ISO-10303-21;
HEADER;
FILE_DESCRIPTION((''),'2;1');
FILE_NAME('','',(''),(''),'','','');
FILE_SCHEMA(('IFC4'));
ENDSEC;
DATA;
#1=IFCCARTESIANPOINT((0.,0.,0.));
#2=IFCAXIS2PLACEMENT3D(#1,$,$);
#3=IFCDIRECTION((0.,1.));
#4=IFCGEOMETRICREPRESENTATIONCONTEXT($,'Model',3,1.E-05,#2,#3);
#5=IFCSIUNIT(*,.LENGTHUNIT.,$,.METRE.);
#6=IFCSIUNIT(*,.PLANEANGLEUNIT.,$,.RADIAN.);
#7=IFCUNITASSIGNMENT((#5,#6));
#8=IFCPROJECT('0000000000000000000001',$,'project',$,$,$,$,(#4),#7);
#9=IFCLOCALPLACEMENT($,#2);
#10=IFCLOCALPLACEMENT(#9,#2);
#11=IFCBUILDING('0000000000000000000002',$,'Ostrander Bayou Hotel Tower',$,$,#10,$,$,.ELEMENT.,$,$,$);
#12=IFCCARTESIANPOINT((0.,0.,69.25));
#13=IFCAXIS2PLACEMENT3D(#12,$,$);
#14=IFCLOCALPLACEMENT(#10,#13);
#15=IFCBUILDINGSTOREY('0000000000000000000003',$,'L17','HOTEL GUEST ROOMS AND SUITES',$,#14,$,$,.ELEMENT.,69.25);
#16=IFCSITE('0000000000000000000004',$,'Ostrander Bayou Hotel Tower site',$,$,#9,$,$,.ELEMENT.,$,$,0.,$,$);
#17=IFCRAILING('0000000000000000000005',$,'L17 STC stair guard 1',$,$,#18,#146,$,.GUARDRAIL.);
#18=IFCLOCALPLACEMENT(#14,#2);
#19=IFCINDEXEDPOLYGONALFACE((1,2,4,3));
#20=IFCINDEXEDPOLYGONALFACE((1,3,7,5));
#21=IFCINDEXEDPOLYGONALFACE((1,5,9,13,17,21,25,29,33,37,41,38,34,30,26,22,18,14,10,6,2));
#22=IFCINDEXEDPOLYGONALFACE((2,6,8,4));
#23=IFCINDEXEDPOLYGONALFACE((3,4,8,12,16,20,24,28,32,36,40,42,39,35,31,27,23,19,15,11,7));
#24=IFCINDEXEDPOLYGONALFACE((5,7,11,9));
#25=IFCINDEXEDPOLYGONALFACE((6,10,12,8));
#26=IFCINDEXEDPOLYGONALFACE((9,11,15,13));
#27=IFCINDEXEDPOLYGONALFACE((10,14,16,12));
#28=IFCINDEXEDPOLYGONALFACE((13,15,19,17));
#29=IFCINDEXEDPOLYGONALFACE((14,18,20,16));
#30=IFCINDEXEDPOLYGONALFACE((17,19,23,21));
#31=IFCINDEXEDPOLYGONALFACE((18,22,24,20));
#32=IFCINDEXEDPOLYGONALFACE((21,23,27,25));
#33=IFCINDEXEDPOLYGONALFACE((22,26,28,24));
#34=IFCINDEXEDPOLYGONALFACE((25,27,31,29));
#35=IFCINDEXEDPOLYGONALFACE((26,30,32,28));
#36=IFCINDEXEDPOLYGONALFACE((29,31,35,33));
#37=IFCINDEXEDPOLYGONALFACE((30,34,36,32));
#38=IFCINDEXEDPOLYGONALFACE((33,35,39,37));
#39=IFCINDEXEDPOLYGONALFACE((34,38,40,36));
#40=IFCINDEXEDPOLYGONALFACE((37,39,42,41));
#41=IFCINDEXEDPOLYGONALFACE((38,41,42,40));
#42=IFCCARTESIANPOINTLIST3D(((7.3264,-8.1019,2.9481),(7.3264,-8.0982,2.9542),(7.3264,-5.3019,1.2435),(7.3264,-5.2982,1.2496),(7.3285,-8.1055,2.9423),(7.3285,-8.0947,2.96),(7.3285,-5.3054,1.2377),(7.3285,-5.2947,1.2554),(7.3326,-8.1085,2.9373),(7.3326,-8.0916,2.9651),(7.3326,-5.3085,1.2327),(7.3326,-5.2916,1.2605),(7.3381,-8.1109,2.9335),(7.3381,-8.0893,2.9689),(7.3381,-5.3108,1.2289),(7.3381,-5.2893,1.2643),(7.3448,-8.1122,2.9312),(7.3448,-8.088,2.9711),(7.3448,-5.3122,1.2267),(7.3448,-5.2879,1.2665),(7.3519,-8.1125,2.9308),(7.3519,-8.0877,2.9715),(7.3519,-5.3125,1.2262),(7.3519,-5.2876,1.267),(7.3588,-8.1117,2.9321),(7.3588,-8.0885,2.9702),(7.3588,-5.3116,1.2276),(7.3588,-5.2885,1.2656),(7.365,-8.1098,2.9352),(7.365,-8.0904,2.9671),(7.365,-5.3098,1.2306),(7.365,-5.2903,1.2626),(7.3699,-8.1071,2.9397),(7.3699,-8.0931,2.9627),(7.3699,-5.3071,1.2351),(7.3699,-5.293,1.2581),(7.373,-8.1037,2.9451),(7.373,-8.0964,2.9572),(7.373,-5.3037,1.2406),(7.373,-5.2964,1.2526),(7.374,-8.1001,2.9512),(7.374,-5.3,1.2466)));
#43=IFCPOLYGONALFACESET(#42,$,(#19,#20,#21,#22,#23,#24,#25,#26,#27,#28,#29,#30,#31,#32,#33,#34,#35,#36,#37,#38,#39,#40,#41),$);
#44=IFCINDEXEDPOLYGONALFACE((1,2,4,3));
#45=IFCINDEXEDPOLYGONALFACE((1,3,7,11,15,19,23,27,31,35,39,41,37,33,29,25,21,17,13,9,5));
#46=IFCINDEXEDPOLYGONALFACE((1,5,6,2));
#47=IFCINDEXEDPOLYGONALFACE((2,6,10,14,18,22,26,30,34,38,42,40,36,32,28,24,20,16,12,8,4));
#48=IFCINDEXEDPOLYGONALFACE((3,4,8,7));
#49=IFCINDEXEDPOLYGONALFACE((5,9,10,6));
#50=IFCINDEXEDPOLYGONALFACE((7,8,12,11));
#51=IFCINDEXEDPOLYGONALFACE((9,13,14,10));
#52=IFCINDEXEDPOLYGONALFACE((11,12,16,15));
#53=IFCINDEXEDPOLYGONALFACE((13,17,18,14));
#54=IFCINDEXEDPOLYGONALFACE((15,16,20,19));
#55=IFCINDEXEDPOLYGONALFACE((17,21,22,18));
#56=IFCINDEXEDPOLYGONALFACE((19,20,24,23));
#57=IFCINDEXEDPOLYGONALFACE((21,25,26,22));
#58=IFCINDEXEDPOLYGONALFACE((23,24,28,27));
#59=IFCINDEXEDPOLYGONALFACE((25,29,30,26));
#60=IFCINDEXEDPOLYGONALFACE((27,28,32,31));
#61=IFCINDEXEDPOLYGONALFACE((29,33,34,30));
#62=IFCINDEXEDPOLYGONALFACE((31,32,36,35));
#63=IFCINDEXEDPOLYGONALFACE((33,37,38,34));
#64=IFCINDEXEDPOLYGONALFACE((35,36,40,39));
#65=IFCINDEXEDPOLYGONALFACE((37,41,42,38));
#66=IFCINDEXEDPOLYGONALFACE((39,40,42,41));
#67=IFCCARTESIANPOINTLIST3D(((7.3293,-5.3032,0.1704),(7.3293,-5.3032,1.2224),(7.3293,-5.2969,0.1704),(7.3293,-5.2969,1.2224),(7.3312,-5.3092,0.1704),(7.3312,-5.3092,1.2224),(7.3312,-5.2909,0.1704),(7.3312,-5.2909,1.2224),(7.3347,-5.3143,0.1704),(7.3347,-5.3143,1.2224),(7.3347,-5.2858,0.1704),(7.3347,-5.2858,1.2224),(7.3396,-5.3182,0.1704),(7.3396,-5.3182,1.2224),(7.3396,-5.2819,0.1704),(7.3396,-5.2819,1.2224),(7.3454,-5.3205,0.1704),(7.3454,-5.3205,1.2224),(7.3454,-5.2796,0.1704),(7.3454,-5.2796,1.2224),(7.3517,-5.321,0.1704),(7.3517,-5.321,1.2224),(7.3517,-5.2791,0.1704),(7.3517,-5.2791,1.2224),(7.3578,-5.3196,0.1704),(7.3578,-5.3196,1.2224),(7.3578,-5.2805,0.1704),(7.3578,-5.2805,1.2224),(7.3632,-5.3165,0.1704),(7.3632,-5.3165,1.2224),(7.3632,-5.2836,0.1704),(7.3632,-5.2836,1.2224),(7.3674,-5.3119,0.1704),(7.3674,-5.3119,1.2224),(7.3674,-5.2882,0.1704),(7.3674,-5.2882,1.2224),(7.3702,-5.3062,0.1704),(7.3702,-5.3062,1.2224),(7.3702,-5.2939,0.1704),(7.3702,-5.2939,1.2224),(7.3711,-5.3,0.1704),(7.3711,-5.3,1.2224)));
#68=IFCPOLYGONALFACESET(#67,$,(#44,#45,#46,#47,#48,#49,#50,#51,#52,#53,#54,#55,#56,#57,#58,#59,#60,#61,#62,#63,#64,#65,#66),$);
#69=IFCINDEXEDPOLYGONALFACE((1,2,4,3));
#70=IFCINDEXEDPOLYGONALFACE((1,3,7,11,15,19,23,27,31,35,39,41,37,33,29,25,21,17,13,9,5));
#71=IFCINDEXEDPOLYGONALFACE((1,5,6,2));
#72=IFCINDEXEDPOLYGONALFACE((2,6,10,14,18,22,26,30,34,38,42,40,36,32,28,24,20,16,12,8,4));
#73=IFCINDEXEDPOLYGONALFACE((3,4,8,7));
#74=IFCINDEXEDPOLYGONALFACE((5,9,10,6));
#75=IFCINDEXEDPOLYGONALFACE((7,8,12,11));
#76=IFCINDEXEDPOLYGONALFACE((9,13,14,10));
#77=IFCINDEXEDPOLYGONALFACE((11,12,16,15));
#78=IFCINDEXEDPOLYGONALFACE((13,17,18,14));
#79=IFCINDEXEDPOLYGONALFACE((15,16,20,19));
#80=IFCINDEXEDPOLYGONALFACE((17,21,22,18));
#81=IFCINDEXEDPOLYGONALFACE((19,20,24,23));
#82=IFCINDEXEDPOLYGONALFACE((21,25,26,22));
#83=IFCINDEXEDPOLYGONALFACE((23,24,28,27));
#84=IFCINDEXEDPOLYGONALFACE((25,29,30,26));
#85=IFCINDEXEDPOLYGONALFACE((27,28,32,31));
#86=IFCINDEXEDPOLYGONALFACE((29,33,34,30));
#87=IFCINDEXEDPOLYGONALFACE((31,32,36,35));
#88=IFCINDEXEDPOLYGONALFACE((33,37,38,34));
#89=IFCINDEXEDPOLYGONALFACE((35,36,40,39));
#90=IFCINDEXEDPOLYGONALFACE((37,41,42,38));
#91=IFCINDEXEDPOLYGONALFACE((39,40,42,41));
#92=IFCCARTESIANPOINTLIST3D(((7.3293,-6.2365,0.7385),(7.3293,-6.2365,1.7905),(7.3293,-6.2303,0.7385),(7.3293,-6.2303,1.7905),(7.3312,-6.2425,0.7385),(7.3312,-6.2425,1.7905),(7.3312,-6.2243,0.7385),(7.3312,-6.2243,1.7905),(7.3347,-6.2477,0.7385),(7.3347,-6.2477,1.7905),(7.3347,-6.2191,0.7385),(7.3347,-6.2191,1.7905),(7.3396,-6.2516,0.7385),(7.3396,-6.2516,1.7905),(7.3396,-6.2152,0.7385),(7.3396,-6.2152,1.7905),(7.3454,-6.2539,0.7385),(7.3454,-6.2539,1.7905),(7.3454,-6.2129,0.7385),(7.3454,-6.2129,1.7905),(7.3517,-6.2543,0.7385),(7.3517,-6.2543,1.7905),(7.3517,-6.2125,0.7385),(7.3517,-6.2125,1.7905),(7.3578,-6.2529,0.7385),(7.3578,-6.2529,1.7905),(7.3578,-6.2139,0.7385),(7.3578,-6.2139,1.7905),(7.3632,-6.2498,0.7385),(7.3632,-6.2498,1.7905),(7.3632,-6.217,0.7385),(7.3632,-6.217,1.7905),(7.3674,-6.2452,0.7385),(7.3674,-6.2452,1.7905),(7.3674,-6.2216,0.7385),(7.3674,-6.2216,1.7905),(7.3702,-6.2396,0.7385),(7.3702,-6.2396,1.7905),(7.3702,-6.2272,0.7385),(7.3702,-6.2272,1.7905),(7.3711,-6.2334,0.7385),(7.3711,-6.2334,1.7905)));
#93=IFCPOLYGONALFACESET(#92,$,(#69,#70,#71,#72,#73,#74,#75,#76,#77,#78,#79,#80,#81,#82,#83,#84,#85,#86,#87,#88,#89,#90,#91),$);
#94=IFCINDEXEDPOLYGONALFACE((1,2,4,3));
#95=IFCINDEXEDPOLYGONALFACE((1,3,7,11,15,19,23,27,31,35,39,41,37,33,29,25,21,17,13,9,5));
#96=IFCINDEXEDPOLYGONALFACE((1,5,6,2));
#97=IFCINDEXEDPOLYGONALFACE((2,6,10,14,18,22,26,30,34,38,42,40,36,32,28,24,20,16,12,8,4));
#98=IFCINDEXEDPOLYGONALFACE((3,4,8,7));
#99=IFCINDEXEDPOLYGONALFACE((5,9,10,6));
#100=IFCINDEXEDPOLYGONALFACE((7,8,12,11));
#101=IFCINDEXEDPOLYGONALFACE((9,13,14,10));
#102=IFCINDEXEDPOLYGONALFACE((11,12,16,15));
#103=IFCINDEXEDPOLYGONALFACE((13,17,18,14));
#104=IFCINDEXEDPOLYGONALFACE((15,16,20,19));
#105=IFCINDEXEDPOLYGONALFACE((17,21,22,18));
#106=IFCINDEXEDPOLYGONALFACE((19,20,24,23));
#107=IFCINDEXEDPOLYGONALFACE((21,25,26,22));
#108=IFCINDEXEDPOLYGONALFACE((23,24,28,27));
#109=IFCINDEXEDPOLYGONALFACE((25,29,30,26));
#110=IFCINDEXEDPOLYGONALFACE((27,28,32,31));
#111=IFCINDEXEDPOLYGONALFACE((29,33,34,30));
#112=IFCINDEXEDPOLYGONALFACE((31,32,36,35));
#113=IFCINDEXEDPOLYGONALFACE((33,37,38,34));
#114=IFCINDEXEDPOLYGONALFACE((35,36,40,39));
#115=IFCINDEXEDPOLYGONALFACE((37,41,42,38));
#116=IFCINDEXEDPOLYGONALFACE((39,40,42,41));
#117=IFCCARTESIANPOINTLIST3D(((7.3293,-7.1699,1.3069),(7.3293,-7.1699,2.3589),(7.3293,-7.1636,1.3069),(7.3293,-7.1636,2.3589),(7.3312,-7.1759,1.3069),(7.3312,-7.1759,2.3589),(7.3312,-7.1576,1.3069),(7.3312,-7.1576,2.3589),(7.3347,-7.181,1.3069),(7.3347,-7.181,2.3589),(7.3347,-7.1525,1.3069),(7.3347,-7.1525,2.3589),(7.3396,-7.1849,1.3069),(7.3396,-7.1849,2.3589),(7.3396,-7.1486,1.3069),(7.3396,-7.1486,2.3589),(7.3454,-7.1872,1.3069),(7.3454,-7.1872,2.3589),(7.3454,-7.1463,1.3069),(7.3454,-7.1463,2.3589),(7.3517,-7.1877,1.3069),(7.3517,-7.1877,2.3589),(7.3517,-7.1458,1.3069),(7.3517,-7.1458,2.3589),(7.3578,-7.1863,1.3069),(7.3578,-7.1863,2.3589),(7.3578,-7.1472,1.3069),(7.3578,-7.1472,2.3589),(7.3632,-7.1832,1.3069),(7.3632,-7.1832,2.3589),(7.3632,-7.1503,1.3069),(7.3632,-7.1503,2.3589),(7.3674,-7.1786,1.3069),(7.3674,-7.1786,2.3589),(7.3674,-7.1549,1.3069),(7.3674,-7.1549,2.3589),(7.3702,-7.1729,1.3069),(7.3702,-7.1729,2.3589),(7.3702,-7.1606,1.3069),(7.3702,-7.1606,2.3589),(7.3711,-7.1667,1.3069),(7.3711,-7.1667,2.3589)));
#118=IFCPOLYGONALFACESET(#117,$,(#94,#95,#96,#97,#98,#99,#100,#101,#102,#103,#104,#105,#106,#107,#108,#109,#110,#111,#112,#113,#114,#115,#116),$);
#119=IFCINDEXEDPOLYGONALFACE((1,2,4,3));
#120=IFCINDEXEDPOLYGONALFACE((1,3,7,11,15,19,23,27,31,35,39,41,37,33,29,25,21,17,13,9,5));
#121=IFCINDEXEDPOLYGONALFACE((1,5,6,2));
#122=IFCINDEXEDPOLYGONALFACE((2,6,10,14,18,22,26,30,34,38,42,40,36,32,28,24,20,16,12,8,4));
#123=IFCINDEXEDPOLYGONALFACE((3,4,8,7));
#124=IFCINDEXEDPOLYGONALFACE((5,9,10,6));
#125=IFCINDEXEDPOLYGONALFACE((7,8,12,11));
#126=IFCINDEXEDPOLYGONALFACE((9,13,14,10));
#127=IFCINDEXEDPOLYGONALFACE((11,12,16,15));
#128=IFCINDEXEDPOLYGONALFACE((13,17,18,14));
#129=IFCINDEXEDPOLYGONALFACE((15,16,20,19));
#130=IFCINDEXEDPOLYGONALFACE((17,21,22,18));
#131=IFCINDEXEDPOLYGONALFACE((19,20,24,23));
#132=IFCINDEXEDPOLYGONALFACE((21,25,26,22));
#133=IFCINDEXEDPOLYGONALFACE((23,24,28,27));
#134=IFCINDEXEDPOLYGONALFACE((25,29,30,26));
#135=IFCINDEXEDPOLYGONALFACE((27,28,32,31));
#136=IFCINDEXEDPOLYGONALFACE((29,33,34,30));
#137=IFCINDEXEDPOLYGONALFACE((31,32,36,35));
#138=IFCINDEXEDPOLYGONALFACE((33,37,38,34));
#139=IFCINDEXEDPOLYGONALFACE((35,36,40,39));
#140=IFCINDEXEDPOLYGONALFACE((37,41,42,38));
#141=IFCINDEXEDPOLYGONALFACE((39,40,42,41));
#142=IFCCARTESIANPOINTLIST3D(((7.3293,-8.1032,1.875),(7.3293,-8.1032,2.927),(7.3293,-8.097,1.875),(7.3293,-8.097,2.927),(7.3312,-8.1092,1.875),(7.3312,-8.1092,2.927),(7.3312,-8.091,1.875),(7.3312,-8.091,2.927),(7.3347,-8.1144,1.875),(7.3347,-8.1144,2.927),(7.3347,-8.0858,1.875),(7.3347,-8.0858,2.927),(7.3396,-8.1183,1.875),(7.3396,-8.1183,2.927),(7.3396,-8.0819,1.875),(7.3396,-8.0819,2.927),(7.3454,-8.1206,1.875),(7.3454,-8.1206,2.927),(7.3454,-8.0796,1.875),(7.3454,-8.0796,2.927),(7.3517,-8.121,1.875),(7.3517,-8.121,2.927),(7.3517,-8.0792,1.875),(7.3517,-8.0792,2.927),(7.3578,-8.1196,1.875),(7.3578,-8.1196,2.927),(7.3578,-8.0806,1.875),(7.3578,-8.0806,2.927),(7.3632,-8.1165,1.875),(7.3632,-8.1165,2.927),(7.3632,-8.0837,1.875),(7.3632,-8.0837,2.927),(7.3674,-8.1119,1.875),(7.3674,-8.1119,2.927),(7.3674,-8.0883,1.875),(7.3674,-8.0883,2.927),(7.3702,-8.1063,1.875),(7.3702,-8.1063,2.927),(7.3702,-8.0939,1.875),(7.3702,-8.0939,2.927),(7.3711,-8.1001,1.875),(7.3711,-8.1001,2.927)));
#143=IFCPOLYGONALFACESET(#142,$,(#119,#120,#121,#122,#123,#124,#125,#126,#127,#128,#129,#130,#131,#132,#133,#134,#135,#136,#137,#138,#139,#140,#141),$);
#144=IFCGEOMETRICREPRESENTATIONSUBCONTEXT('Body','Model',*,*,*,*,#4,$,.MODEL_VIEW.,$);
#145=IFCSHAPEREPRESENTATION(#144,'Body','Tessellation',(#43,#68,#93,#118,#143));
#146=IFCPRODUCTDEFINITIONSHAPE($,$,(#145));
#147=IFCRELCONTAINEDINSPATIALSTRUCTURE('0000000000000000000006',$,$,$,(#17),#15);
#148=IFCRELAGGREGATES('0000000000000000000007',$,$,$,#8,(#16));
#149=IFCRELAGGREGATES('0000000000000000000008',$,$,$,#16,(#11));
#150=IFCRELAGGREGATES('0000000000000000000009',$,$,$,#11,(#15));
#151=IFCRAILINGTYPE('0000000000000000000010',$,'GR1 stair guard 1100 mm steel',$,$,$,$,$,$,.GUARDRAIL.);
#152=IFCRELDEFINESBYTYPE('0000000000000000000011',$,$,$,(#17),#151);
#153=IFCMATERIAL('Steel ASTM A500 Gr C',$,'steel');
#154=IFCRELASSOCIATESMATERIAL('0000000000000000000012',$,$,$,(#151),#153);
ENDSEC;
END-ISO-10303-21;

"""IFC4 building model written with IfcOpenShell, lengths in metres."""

from ifc_helpers import new_model, si_unit, direction, frame, origin, origin_2d, place, context, subcontext, project, spatial, circle, extrude, material, type_object, element, save


model = new_model("IFC4")

# Units and contexts
model_context = context("Model", 3, precision=1e-05, world=origin(), true_north=direction((0.0, 1.0)))
body_context = subcontext(model_context, "Body", "Model", "MODEL_VIEW")
ifc_project = project(units=[si_unit("LENGTHUNIT", "METRE"), si_unit("PLANEANGLEUNIT", "RADIAN")], contexts=[model_context])

# Site, building, storey
site_placement = place(None, origin())
site = spatial("IfcSite", under=ifc_project, at=site_placement, Name="Ostrander Bayou Hotel Tower site", CompositionType="ELEMENT", RefElevation=0.0)
building_placement = place(site_placement, origin())
building = spatial("IfcBuilding", under=site, at=building_placement, Name="Ostrander Bayou Hotel Tower", CompositionType="ELEMENT")
storey_placement = place(building_placement, frame((0.0, 0.0, 69.25)))
storey = spatial("IfcBuildingStorey", under=building, at=storey_placement, Name="L17", Description="HOTEL GUEST ROOMS AND SUITES", CompositionType="ELEMENT", Elevation=69.25)

# Railing
ifc_material_1 = material(Name="Steel ASTM A500 Gr C", Category="steel")
railing_type_1 = type_object("IfcRailingType", Name="GR1 stair guard 1100 mm steel", PredefinedType="GUARDRAIL", material=ifc_material_1)
railing_1_placement = place(storey_placement, frame((7.3501, -5.3, 0.1704)))
element("IfcRailing", 1, at=railing_1_placement, inside=storey, type_object=railing_type_1, Name="L17 STC stair guard 1", PredefinedType="GUARDRAIL", context=body_context, shape_type="SweptSolid", body=[
    extrude(circle(Radius=0.0239, at=origin_2d()), frame((0.0, 0.0, 1.0762), z_axis=(0.0, -0.85417, 0.519994), x_axis=(1.0, 0.0, 0.0)), (0.0, 0.0, 1.0), 3.2781),
    extrude(circle(Radius=0.021, at=origin_2d()), origin(), (0.0, 0.0, 1.0), 1.052),
    extrude(circle(Radius=0.021, at=origin_2d()), frame((0.0, -0.9333, 0.5681)), (0.0, 0.0, 1.0), 1.052),
    extrude(circle(Radius=0.021, at=origin_2d()), frame((0.0, -1.8667, 1.1365)), (0.0, 0.0, 1.0), 1.052),
    extrude(circle(Radius=0.021, at=origin_2d()), frame((0.0, -2.8, 1.7046)), (0.0, 0.0, 1.0), 1.052),
])

save(model, "model.ifc")
